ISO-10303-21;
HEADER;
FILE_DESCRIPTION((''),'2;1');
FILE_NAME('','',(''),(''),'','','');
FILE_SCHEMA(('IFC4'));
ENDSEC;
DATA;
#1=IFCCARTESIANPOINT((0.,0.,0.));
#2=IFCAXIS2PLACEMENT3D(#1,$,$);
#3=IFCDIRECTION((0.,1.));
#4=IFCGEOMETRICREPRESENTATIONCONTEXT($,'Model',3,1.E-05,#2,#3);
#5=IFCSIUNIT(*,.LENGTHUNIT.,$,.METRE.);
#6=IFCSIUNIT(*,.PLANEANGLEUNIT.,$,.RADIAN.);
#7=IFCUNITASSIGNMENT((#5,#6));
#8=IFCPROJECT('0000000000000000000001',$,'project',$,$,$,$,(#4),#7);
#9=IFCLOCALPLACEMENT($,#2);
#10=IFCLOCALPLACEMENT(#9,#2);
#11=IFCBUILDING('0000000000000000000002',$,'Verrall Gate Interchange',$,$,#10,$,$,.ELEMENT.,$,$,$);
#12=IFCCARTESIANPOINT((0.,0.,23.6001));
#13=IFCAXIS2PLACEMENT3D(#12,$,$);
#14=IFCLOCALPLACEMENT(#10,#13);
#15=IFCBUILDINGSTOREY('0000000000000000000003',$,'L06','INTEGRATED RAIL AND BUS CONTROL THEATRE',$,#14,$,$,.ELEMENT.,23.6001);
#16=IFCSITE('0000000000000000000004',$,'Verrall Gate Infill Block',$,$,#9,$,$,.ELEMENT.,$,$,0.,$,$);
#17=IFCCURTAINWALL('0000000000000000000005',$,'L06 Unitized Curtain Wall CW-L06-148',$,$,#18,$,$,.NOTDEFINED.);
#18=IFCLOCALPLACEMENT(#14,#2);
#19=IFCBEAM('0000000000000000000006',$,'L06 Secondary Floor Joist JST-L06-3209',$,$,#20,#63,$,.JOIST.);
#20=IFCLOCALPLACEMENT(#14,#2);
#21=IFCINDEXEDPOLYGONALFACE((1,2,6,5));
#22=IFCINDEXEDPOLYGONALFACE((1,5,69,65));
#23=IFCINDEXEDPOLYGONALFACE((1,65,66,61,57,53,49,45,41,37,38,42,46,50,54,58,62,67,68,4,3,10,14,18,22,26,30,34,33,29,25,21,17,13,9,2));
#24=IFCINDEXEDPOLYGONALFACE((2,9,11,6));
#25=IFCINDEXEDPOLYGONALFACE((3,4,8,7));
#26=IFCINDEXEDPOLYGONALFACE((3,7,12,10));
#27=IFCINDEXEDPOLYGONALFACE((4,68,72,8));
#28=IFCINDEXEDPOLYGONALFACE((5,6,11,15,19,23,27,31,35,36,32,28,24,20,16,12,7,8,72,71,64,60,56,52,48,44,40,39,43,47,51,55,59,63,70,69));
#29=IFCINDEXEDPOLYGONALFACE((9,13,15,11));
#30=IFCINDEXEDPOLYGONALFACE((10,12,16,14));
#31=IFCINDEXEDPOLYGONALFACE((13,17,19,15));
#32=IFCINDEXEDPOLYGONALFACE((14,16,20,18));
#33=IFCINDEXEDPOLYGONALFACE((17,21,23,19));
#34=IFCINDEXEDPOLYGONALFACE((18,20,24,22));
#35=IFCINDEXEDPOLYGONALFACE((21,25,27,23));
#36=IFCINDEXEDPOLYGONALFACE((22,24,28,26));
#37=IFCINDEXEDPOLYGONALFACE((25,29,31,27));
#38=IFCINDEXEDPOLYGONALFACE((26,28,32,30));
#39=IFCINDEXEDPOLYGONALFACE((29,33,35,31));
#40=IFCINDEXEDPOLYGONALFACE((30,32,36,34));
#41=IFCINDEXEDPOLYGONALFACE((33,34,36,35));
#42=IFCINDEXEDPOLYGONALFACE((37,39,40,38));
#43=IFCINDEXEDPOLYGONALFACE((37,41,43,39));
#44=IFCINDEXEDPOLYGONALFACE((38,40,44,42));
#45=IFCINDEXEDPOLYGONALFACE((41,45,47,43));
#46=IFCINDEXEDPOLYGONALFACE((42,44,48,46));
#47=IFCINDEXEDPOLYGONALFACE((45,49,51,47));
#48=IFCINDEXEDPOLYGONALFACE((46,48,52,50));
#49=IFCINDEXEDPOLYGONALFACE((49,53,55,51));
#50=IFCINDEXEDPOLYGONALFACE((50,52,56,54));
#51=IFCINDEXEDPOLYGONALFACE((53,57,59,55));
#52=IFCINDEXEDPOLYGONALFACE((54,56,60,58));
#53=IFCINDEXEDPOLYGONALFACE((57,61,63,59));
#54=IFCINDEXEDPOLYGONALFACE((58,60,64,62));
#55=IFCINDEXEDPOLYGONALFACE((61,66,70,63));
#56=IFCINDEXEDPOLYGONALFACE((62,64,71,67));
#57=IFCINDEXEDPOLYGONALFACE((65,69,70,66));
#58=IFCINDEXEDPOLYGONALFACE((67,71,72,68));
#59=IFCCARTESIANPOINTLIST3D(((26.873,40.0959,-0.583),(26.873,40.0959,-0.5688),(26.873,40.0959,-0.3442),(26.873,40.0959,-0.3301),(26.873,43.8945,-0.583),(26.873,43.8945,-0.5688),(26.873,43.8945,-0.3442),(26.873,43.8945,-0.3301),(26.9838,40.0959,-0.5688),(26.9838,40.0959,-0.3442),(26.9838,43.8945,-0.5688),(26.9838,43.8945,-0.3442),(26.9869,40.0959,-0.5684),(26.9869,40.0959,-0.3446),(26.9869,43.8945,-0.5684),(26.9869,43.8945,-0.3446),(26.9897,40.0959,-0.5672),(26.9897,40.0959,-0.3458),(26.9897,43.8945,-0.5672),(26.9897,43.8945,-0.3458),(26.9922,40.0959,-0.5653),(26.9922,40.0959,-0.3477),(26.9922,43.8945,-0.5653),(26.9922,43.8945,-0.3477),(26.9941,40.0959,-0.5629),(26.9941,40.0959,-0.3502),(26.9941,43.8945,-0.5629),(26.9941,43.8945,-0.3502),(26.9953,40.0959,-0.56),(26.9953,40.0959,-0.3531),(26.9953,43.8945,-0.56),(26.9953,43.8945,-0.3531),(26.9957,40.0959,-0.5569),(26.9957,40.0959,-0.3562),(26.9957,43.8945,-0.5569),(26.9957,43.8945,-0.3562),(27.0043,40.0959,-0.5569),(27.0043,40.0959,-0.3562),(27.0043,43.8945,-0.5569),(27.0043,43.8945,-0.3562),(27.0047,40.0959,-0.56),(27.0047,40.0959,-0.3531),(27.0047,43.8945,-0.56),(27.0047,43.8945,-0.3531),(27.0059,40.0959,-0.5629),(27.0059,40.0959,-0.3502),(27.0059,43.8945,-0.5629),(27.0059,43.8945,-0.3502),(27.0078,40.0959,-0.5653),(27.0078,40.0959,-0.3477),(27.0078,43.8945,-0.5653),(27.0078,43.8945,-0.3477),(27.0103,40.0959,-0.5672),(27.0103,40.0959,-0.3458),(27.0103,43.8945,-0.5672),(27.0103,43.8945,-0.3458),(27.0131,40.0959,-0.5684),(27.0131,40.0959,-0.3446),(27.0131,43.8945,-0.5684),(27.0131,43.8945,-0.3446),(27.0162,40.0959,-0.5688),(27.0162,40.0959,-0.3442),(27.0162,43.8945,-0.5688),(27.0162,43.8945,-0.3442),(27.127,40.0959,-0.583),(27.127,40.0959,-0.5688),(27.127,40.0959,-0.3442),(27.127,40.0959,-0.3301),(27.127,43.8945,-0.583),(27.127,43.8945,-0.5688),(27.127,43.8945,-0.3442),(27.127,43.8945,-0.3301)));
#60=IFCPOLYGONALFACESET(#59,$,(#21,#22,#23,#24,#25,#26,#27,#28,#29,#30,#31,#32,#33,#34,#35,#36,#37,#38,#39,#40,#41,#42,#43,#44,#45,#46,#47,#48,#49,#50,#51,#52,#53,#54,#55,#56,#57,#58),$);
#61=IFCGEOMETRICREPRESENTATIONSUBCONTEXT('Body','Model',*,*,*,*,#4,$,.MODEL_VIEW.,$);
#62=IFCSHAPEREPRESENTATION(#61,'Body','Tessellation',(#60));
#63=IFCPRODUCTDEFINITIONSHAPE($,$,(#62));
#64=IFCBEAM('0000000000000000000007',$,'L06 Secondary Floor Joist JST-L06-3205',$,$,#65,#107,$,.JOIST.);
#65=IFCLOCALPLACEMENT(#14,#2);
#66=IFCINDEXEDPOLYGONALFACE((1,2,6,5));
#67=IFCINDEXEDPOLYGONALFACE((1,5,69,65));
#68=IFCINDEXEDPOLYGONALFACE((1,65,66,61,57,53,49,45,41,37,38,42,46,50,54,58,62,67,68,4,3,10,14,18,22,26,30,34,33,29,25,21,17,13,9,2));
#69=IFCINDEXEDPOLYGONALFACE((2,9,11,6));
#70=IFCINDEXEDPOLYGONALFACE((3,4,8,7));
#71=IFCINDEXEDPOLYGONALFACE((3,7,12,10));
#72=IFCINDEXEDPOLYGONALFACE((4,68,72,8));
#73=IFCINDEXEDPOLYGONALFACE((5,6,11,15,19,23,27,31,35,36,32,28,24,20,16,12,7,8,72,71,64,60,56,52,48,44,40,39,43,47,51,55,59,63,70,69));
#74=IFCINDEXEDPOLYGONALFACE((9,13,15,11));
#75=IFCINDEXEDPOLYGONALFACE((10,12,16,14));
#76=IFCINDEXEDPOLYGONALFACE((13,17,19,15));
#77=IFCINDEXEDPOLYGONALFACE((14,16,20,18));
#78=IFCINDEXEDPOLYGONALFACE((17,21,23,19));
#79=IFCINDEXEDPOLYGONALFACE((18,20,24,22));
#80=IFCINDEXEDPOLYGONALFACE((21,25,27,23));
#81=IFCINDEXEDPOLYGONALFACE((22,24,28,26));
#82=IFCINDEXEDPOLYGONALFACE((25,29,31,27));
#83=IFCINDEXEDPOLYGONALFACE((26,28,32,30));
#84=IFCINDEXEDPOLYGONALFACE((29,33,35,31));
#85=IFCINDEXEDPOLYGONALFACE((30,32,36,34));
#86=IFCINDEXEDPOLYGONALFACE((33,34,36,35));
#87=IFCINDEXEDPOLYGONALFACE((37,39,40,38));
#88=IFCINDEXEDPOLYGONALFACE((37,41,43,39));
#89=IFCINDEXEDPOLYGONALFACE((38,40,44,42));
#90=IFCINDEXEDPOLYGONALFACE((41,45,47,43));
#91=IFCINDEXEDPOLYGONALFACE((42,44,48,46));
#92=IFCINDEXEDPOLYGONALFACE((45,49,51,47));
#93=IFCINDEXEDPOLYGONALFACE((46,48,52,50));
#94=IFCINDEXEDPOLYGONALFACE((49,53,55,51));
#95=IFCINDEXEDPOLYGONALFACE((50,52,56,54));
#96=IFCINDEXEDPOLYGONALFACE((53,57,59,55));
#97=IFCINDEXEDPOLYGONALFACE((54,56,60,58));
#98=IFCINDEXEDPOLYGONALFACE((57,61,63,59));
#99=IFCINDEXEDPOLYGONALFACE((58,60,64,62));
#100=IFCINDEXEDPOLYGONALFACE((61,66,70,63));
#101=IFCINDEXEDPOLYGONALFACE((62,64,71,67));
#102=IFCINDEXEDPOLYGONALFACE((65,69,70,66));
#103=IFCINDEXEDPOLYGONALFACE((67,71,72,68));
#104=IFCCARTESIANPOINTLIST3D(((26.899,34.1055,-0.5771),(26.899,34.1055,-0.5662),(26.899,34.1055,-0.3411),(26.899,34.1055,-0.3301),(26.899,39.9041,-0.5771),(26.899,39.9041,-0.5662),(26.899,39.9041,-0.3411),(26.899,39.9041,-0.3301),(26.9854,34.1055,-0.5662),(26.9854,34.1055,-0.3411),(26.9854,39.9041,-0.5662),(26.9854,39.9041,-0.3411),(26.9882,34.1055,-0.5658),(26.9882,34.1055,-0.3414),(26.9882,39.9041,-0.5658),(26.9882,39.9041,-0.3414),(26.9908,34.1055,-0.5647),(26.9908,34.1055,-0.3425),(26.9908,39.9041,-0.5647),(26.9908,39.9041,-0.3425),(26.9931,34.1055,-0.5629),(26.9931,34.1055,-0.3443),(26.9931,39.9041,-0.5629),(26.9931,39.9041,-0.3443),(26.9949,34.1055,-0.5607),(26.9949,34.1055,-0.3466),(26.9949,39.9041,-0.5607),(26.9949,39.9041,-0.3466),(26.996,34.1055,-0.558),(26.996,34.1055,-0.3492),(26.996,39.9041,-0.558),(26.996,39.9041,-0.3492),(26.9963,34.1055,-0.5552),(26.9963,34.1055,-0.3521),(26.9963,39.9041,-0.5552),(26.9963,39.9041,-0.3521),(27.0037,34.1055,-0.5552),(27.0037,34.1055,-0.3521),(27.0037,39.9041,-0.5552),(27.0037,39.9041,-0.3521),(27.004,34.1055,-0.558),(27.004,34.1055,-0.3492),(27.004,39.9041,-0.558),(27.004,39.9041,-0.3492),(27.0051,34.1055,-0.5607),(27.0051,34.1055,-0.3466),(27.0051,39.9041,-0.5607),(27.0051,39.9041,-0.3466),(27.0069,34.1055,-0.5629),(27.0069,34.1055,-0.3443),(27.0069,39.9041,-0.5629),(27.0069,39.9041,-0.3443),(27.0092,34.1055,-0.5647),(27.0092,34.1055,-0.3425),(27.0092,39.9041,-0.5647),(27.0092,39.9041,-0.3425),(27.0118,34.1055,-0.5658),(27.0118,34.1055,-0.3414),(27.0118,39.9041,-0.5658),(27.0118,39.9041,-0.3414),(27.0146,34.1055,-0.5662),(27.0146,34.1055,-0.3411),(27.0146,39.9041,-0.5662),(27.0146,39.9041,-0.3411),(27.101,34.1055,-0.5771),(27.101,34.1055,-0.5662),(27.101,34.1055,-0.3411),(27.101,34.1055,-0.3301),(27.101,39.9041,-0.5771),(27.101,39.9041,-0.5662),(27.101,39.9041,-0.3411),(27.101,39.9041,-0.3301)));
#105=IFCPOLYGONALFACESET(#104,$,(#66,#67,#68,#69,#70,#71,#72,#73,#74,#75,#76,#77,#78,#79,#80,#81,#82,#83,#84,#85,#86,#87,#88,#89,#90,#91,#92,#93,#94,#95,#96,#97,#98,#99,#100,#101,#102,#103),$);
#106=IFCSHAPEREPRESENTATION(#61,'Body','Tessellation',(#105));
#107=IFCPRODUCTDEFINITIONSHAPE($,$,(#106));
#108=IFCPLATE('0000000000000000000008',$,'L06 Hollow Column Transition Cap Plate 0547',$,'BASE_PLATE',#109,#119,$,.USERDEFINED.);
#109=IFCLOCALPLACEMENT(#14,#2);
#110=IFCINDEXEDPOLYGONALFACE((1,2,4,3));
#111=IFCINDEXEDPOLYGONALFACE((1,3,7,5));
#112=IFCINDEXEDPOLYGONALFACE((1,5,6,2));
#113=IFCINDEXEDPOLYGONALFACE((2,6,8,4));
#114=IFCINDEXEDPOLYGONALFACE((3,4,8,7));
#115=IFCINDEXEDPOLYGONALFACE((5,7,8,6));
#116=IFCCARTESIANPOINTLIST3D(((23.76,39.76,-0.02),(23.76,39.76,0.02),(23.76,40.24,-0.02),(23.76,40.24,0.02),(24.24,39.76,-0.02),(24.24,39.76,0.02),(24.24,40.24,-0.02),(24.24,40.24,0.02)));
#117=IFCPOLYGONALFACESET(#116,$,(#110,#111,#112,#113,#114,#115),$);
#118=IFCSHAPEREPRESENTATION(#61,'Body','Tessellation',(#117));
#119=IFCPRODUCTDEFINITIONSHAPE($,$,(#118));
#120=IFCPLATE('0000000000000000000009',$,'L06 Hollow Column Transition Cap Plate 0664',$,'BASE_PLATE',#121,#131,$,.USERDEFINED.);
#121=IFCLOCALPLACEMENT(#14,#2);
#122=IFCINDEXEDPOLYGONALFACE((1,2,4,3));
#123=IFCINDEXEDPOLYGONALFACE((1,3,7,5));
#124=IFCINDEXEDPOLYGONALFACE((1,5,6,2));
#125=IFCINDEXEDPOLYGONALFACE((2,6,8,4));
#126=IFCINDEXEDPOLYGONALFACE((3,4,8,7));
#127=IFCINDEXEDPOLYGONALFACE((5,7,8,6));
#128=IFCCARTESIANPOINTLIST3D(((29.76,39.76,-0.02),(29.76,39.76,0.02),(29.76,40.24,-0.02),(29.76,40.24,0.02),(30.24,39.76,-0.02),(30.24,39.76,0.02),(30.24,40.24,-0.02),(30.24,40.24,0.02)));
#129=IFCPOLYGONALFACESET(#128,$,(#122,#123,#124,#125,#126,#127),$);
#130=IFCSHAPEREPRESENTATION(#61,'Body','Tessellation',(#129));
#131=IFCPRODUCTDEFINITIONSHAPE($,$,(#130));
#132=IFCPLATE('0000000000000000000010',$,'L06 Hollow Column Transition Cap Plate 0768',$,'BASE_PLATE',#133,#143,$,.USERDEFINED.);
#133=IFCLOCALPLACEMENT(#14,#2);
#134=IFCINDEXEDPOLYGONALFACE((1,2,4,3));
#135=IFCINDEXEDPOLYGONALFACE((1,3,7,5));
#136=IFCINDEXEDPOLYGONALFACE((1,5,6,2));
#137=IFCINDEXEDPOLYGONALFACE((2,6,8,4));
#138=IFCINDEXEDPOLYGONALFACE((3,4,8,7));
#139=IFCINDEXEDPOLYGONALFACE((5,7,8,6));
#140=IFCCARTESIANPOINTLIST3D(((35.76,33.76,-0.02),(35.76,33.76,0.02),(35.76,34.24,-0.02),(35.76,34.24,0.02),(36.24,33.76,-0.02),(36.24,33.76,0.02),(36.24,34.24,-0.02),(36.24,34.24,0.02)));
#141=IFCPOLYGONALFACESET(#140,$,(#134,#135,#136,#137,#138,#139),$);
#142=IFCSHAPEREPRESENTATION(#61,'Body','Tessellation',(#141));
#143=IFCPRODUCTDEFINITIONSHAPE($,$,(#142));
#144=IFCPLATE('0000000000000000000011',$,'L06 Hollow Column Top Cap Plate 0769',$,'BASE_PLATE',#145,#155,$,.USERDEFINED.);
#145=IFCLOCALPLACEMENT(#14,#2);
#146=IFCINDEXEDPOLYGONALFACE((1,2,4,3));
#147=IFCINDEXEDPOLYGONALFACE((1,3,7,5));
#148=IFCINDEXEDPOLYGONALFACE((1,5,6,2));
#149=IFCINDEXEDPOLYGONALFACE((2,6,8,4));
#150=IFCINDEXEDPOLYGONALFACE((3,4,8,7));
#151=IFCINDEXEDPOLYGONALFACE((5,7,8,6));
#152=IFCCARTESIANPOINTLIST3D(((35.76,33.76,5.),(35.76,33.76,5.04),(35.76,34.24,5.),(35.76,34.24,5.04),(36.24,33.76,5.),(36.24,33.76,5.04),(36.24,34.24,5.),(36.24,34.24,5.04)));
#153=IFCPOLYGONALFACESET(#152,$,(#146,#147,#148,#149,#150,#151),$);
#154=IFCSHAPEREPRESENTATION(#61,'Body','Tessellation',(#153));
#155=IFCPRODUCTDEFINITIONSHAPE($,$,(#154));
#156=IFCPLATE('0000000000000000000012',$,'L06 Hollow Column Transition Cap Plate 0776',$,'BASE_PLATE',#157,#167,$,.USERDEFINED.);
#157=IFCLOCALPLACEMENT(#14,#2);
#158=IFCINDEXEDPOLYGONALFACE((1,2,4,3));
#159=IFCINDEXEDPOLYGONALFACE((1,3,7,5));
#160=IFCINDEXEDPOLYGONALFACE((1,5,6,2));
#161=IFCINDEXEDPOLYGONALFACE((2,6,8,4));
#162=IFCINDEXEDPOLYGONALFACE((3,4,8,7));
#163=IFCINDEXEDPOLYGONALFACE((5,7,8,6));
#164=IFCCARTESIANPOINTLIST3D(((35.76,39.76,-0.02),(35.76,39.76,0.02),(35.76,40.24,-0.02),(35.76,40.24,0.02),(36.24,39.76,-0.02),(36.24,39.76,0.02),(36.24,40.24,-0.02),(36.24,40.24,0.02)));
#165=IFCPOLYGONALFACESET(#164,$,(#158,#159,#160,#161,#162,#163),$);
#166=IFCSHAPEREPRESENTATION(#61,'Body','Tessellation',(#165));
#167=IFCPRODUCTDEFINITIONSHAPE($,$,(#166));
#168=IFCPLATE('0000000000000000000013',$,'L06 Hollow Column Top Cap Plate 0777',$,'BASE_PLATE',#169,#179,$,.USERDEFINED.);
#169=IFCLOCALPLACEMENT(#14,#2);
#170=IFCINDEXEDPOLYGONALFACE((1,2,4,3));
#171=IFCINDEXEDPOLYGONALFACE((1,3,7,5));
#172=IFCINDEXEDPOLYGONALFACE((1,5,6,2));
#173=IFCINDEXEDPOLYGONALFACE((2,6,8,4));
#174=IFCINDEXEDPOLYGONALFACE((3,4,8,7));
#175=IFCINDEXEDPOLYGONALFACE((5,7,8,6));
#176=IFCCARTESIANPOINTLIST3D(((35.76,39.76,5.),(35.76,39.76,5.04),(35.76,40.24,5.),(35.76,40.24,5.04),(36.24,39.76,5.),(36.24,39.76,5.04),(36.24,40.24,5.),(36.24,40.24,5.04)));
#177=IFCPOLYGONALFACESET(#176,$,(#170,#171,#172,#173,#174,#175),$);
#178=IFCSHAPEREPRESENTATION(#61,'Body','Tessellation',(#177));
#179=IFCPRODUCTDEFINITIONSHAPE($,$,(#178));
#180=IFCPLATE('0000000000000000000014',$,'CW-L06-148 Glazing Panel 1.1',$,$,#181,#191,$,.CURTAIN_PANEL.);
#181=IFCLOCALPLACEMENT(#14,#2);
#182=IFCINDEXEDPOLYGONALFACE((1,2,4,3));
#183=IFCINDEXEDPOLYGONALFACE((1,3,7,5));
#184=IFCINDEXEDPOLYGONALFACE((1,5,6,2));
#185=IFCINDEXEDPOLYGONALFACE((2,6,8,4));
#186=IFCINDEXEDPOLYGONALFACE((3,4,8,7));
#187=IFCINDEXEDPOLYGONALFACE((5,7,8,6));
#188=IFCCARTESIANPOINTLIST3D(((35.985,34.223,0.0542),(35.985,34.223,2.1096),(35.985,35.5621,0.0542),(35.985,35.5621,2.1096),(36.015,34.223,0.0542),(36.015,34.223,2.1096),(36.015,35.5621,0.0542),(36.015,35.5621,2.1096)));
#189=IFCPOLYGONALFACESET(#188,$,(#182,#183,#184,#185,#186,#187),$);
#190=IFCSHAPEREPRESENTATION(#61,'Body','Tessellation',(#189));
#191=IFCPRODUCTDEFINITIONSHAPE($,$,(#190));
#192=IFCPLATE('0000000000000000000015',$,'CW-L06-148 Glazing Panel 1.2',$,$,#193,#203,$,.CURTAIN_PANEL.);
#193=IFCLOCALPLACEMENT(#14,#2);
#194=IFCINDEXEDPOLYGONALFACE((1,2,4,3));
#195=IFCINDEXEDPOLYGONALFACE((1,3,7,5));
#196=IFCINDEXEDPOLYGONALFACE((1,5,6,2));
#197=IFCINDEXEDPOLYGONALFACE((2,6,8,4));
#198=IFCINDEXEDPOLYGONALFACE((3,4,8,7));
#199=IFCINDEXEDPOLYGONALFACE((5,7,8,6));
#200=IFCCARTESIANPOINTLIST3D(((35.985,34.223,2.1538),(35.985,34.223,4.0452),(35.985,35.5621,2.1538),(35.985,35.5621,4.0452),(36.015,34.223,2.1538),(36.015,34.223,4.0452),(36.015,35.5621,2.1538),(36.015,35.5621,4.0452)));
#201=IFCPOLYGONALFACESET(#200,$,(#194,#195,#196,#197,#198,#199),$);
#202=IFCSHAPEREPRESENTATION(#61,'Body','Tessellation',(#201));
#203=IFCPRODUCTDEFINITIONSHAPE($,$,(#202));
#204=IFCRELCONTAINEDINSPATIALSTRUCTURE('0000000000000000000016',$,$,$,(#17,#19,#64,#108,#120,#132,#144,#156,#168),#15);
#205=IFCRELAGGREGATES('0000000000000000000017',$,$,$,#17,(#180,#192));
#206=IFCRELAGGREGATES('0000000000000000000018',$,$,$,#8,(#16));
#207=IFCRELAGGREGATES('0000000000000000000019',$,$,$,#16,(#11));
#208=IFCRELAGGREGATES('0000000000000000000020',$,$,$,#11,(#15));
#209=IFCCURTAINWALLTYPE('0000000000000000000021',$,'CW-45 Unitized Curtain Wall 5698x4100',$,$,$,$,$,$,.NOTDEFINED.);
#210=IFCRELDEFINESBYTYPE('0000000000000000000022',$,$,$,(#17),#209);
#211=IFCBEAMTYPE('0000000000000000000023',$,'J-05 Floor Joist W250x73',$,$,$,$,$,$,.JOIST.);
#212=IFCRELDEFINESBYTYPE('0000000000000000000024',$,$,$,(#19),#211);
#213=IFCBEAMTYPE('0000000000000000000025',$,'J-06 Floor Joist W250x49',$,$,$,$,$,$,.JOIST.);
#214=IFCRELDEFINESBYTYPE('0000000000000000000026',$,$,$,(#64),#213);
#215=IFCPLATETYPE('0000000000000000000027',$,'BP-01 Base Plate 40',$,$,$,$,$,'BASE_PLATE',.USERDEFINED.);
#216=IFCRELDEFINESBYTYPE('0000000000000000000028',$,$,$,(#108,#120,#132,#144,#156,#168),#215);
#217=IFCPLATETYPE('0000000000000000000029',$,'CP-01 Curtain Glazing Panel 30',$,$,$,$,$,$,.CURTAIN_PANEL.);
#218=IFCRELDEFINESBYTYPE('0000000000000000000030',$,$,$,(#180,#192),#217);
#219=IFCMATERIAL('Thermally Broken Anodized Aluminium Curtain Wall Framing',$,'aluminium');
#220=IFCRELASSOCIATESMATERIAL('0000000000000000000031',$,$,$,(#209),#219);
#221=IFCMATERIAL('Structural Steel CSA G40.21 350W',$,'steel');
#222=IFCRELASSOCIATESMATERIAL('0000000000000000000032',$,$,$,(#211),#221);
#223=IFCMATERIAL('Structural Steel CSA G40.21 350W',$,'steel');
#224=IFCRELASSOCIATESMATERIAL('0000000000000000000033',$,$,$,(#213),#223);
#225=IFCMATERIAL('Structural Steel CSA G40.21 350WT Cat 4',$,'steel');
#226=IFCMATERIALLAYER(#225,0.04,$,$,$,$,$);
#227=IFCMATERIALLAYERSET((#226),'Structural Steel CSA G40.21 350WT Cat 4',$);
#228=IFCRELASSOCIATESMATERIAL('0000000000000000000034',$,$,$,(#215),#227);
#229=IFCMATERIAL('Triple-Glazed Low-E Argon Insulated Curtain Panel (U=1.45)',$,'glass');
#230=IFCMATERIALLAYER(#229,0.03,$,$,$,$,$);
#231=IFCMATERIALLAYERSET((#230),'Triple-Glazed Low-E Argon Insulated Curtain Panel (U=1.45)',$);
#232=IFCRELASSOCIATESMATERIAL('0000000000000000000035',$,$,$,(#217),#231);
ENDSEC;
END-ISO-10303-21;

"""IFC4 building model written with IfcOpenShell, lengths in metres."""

from ifc_helpers import new_model, si_unit, direction, frame, origin, origin_2d, place, context, subcontext, project, spatial, rectangle, i_section, extrude, material, layer, layer_set, material_profile, profile_set, type_object, element, aggregate, save


model = new_model("IFC4")

# Units and contexts
model_context = context("Model", 3, precision=1e-05, world=origin(), true_north=direction((0.0, 1.0)))
body_context = subcontext(model_context, "Body", "Model", "MODEL_VIEW")
ifc_project = project(units=[si_unit("LENGTHUNIT", "METRE"), si_unit("PLANEANGLEUNIT", "RADIAN")], contexts=[model_context])

# Site, building, storey
site_placement = place(None, origin())
site = spatial("IfcSite", under=ifc_project, at=site_placement, Name="Verrall Gate Infill Block", CompositionType="ELEMENT", RefElevation=0.0)
building_placement = place(site_placement, origin())
building = spatial("IfcBuilding", under=site, at=building_placement, Name="Verrall Gate Interchange", CompositionType="ELEMENT")
storey_placement = place(building_placement, frame((0.0, 0.0, 23.6001)))
storey = spatial("IfcBuildingStorey", under=building, at=storey_placement, Name="L06", Description="INTEGRATED RAIL AND BUS CONTROL THEATRE", CompositionType="ELEMENT", Elevation=23.6001)

# Curtain wall
ifc_material_1 = material(Name="Thermally Broken Anodized Aluminium Curtain Wall Framing", Category="aluminium")
curtain_wall_type_1 = type_object("IfcCurtainWallType", Name="CW-45 Unitized Curtain Wall 5698x4100", PredefinedType="NOTDEFINED", material=ifc_material_1)
curtain_wall_1_placement = place(storey_placement, origin())
curtain_wall_1 = element("IfcCurtainWall", 1, at=curtain_wall_1_placement, inside=storey, type_object=curtain_wall_type_1, Name="L06 Unitized Curtain Wall CW-L06-148", PredefinedType="NOTDEFINED")

# Beams
ifc_material_2 = material(Name="Structural Steel CSA G40.21 350W", Category="steel")
ifc_material_profile_1 = material_profile(ifc_material_2, i_section(OverallWidth=0.2539, OverallDepth=0.2529, WebThickness=0.0085, FlangeThickness=0.0142, FilletRadius=0.012, at=origin_2d()), Name="W250x73")
ifc_profile_set_1 = profile_set([ifc_material_profile_1], Name="Structural Steel CSA G40.21 350W")
beam_type_1 = type_object("IfcBeamType", Name="J-05 Floor Joist W250x73", PredefinedType="JOIST", material=ifc_profile_set_1)
beam_1_placement = place(storey_placement, frame((27.0, 40.0959, -0.4565), z_axis=(0.0, 1.0, 0.0), x_axis=(-1.0, 0.0, 0.0)))
element("IfcBeam", 2, at=beam_1_placement, inside=storey, type_object=beam_type_1, Name="L06 Secondary Floor Joist JST-L06-3209", PredefinedType="JOIST", context=body_context, shape_type="SweptSolid", body=[
    extrude(i_section(OverallWidth=0.2539, OverallDepth=0.2529, WebThickness=0.0085, FlangeThickness=0.0142, FilletRadius=0.012, at=origin_2d()), origin(), (0.0, 0.0, 1.0), 3.7986),
])
ifc_material_3 = material(Name="Structural Steel CSA G40.21 350W", Category="steel")
ifc_material_profile_2 = material_profile(ifc_material_3, i_section(OverallWidth=0.2019, OverallDepth=0.2471, WebThickness=0.0073, FlangeThickness=0.011, FilletRadius=0.011, at=origin_2d()), Name="W250x49")
ifc_profile_set_2 = profile_set([ifc_material_profile_2], Name="Structural Steel CSA G40.21 350W")
beam_type_2 = type_object("IfcBeamType", Name="J-06 Floor Joist W250x49", PredefinedType="JOIST", material=ifc_profile_set_2)
beam_2_placement = place(storey_placement, frame((27.0, 34.1055, -0.4536), z_axis=(0.0, 1.0, 0.0), x_axis=(-1.0, 0.0, 0.0)))
element("IfcBeam", 3, at=beam_2_placement, inside=storey, type_object=beam_type_2, Name="L06 Secondary Floor Joist JST-L06-3205", PredefinedType="JOIST", context=body_context, shape_type="SweptSolid", body=[
    extrude(i_section(OverallWidth=0.2019, OverallDepth=0.2471, WebThickness=0.0073, FlangeThickness=0.011, FilletRadius=0.011, at=origin_2d()), origin(), (0.0, 0.0, 1.0), 5.7986),
])

# Plates
ifc_material_4 = material(Name="Structural Steel CSA G40.21 350WT Cat 4", Category="steel")
ifc_layer_1 = layer(ifc_material_4, 0.04)
ifc_layer_set_1 = layer_set([ifc_layer_1], Name="Structural Steel CSA G40.21 350WT Cat 4")
plate_type_1 = type_object("IfcPlateType", Name="BP-01 Base Plate 40", ElementType="BASE_PLATE", PredefinedType="USERDEFINED", material=ifc_layer_set_1)
for number, where, z_axis, x_axis, name in (
    (4, (24.0, 40.0, -0.02), (0.0, 0.0, 1.0), (1.0, 0.0, 0.0), "L06 Hollow Column Transition Cap Plate 0547"),
    (5, (30.0, 40.0, -0.02), (0.0, 0.0, 1.0), (1.0, 0.0, 0.0), "L06 Hollow Column Transition Cap Plate 0664"),
    (6, (36.0, 34.0, -0.02), (0.0, 0.0, 1.0), (1.0, 0.0, 0.0), "L06 Hollow Column Transition Cap Plate 0768"),
    (7, (36.0, 34.0, 5.0), (0.0, 0.0, 1.0), (1.0, 0.0, 0.0), "L06 Hollow Column Top Cap Plate 0769"),
    (8, (36.0, 40.0, -0.02), (0.0, 0.0, 1.0), (1.0, 0.0, 0.0), "L06 Hollow Column Transition Cap Plate 0776"),
    (9, (36.0, 40.0, 5.0), (0.0, 0.0, 1.0), (1.0, 0.0, 0.0), "L06 Hollow Column Top Cap Plate 0777"),
):
    element("IfcPlate", number, at=place(storey_placement, frame(where, z_axis=z_axis, x_axis=x_axis)), inside=storey, type_object=plate_type_1, Name=name, ObjectType="BASE_PLATE", PredefinedType="USERDEFINED", context=body_context, shape_type="SweptSolid", body=[
        extrude(rectangle(XDim=0.48, YDim=0.48, at=origin_2d()), origin(), (0.0, 0.0, 1.0), 0.04),
    ])

# Plates
ifc_material_5 = material(Name="Triple-Glazed Low-E Argon Insulated Curtain Panel (U=1.45)", Category="glass")
ifc_layer_2 = layer(ifc_material_5, 0.03)
ifc_layer_set_2 = layer_set([ifc_layer_2], Name="Triple-Glazed Low-E Argon Insulated Curtain Panel (U=1.45)")
plate_type_2 = type_object("IfcPlateType", Name="CP-01 Curtain Glazing Panel 30", PredefinedType="CURTAIN_PANEL", material=ifc_layer_set_2)
plate_1_placement = place(storey_placement, frame((36.0, 34.8926, 0.0542), z_axis=(0.0, 0.0, 1.0), x_axis=(0.0, 1.0, 0.0)))
plate_1 = element("IfcPlate", 10, at=plate_1_placement, type_object=plate_type_2, Name="CW-L06-148 Glazing Panel 1.1", PredefinedType="CURTAIN_PANEL", context=body_context, shape_type="SweptSolid", body=[
    extrude(rectangle(XDim=1.3391, YDim=0.03, at=origin_2d()), origin(), (0.0, 0.0, 1.0), 2.0554),
])
plate_2_placement = place(storey_placement, frame((36.0, 34.8926, 2.1538), z_axis=(0.0, 0.0, 1.0), x_axis=(0.0, 1.0, 0.0)))
plate_2 = element("IfcPlate", 11, at=plate_2_placement, type_object=plate_type_2, Name="CW-L06-148 Glazing Panel 1.2", PredefinedType="CURTAIN_PANEL", context=body_context, shape_type="SweptSolid", body=[
    extrude(rectangle(XDim=1.3391, YDim=0.03, at=origin_2d()), origin(), (0.0, 0.0, 1.0), 1.8914),
])
aggregate(curtain_wall_1, [plate_1, plate_2])

save(model, "model.ifc")
